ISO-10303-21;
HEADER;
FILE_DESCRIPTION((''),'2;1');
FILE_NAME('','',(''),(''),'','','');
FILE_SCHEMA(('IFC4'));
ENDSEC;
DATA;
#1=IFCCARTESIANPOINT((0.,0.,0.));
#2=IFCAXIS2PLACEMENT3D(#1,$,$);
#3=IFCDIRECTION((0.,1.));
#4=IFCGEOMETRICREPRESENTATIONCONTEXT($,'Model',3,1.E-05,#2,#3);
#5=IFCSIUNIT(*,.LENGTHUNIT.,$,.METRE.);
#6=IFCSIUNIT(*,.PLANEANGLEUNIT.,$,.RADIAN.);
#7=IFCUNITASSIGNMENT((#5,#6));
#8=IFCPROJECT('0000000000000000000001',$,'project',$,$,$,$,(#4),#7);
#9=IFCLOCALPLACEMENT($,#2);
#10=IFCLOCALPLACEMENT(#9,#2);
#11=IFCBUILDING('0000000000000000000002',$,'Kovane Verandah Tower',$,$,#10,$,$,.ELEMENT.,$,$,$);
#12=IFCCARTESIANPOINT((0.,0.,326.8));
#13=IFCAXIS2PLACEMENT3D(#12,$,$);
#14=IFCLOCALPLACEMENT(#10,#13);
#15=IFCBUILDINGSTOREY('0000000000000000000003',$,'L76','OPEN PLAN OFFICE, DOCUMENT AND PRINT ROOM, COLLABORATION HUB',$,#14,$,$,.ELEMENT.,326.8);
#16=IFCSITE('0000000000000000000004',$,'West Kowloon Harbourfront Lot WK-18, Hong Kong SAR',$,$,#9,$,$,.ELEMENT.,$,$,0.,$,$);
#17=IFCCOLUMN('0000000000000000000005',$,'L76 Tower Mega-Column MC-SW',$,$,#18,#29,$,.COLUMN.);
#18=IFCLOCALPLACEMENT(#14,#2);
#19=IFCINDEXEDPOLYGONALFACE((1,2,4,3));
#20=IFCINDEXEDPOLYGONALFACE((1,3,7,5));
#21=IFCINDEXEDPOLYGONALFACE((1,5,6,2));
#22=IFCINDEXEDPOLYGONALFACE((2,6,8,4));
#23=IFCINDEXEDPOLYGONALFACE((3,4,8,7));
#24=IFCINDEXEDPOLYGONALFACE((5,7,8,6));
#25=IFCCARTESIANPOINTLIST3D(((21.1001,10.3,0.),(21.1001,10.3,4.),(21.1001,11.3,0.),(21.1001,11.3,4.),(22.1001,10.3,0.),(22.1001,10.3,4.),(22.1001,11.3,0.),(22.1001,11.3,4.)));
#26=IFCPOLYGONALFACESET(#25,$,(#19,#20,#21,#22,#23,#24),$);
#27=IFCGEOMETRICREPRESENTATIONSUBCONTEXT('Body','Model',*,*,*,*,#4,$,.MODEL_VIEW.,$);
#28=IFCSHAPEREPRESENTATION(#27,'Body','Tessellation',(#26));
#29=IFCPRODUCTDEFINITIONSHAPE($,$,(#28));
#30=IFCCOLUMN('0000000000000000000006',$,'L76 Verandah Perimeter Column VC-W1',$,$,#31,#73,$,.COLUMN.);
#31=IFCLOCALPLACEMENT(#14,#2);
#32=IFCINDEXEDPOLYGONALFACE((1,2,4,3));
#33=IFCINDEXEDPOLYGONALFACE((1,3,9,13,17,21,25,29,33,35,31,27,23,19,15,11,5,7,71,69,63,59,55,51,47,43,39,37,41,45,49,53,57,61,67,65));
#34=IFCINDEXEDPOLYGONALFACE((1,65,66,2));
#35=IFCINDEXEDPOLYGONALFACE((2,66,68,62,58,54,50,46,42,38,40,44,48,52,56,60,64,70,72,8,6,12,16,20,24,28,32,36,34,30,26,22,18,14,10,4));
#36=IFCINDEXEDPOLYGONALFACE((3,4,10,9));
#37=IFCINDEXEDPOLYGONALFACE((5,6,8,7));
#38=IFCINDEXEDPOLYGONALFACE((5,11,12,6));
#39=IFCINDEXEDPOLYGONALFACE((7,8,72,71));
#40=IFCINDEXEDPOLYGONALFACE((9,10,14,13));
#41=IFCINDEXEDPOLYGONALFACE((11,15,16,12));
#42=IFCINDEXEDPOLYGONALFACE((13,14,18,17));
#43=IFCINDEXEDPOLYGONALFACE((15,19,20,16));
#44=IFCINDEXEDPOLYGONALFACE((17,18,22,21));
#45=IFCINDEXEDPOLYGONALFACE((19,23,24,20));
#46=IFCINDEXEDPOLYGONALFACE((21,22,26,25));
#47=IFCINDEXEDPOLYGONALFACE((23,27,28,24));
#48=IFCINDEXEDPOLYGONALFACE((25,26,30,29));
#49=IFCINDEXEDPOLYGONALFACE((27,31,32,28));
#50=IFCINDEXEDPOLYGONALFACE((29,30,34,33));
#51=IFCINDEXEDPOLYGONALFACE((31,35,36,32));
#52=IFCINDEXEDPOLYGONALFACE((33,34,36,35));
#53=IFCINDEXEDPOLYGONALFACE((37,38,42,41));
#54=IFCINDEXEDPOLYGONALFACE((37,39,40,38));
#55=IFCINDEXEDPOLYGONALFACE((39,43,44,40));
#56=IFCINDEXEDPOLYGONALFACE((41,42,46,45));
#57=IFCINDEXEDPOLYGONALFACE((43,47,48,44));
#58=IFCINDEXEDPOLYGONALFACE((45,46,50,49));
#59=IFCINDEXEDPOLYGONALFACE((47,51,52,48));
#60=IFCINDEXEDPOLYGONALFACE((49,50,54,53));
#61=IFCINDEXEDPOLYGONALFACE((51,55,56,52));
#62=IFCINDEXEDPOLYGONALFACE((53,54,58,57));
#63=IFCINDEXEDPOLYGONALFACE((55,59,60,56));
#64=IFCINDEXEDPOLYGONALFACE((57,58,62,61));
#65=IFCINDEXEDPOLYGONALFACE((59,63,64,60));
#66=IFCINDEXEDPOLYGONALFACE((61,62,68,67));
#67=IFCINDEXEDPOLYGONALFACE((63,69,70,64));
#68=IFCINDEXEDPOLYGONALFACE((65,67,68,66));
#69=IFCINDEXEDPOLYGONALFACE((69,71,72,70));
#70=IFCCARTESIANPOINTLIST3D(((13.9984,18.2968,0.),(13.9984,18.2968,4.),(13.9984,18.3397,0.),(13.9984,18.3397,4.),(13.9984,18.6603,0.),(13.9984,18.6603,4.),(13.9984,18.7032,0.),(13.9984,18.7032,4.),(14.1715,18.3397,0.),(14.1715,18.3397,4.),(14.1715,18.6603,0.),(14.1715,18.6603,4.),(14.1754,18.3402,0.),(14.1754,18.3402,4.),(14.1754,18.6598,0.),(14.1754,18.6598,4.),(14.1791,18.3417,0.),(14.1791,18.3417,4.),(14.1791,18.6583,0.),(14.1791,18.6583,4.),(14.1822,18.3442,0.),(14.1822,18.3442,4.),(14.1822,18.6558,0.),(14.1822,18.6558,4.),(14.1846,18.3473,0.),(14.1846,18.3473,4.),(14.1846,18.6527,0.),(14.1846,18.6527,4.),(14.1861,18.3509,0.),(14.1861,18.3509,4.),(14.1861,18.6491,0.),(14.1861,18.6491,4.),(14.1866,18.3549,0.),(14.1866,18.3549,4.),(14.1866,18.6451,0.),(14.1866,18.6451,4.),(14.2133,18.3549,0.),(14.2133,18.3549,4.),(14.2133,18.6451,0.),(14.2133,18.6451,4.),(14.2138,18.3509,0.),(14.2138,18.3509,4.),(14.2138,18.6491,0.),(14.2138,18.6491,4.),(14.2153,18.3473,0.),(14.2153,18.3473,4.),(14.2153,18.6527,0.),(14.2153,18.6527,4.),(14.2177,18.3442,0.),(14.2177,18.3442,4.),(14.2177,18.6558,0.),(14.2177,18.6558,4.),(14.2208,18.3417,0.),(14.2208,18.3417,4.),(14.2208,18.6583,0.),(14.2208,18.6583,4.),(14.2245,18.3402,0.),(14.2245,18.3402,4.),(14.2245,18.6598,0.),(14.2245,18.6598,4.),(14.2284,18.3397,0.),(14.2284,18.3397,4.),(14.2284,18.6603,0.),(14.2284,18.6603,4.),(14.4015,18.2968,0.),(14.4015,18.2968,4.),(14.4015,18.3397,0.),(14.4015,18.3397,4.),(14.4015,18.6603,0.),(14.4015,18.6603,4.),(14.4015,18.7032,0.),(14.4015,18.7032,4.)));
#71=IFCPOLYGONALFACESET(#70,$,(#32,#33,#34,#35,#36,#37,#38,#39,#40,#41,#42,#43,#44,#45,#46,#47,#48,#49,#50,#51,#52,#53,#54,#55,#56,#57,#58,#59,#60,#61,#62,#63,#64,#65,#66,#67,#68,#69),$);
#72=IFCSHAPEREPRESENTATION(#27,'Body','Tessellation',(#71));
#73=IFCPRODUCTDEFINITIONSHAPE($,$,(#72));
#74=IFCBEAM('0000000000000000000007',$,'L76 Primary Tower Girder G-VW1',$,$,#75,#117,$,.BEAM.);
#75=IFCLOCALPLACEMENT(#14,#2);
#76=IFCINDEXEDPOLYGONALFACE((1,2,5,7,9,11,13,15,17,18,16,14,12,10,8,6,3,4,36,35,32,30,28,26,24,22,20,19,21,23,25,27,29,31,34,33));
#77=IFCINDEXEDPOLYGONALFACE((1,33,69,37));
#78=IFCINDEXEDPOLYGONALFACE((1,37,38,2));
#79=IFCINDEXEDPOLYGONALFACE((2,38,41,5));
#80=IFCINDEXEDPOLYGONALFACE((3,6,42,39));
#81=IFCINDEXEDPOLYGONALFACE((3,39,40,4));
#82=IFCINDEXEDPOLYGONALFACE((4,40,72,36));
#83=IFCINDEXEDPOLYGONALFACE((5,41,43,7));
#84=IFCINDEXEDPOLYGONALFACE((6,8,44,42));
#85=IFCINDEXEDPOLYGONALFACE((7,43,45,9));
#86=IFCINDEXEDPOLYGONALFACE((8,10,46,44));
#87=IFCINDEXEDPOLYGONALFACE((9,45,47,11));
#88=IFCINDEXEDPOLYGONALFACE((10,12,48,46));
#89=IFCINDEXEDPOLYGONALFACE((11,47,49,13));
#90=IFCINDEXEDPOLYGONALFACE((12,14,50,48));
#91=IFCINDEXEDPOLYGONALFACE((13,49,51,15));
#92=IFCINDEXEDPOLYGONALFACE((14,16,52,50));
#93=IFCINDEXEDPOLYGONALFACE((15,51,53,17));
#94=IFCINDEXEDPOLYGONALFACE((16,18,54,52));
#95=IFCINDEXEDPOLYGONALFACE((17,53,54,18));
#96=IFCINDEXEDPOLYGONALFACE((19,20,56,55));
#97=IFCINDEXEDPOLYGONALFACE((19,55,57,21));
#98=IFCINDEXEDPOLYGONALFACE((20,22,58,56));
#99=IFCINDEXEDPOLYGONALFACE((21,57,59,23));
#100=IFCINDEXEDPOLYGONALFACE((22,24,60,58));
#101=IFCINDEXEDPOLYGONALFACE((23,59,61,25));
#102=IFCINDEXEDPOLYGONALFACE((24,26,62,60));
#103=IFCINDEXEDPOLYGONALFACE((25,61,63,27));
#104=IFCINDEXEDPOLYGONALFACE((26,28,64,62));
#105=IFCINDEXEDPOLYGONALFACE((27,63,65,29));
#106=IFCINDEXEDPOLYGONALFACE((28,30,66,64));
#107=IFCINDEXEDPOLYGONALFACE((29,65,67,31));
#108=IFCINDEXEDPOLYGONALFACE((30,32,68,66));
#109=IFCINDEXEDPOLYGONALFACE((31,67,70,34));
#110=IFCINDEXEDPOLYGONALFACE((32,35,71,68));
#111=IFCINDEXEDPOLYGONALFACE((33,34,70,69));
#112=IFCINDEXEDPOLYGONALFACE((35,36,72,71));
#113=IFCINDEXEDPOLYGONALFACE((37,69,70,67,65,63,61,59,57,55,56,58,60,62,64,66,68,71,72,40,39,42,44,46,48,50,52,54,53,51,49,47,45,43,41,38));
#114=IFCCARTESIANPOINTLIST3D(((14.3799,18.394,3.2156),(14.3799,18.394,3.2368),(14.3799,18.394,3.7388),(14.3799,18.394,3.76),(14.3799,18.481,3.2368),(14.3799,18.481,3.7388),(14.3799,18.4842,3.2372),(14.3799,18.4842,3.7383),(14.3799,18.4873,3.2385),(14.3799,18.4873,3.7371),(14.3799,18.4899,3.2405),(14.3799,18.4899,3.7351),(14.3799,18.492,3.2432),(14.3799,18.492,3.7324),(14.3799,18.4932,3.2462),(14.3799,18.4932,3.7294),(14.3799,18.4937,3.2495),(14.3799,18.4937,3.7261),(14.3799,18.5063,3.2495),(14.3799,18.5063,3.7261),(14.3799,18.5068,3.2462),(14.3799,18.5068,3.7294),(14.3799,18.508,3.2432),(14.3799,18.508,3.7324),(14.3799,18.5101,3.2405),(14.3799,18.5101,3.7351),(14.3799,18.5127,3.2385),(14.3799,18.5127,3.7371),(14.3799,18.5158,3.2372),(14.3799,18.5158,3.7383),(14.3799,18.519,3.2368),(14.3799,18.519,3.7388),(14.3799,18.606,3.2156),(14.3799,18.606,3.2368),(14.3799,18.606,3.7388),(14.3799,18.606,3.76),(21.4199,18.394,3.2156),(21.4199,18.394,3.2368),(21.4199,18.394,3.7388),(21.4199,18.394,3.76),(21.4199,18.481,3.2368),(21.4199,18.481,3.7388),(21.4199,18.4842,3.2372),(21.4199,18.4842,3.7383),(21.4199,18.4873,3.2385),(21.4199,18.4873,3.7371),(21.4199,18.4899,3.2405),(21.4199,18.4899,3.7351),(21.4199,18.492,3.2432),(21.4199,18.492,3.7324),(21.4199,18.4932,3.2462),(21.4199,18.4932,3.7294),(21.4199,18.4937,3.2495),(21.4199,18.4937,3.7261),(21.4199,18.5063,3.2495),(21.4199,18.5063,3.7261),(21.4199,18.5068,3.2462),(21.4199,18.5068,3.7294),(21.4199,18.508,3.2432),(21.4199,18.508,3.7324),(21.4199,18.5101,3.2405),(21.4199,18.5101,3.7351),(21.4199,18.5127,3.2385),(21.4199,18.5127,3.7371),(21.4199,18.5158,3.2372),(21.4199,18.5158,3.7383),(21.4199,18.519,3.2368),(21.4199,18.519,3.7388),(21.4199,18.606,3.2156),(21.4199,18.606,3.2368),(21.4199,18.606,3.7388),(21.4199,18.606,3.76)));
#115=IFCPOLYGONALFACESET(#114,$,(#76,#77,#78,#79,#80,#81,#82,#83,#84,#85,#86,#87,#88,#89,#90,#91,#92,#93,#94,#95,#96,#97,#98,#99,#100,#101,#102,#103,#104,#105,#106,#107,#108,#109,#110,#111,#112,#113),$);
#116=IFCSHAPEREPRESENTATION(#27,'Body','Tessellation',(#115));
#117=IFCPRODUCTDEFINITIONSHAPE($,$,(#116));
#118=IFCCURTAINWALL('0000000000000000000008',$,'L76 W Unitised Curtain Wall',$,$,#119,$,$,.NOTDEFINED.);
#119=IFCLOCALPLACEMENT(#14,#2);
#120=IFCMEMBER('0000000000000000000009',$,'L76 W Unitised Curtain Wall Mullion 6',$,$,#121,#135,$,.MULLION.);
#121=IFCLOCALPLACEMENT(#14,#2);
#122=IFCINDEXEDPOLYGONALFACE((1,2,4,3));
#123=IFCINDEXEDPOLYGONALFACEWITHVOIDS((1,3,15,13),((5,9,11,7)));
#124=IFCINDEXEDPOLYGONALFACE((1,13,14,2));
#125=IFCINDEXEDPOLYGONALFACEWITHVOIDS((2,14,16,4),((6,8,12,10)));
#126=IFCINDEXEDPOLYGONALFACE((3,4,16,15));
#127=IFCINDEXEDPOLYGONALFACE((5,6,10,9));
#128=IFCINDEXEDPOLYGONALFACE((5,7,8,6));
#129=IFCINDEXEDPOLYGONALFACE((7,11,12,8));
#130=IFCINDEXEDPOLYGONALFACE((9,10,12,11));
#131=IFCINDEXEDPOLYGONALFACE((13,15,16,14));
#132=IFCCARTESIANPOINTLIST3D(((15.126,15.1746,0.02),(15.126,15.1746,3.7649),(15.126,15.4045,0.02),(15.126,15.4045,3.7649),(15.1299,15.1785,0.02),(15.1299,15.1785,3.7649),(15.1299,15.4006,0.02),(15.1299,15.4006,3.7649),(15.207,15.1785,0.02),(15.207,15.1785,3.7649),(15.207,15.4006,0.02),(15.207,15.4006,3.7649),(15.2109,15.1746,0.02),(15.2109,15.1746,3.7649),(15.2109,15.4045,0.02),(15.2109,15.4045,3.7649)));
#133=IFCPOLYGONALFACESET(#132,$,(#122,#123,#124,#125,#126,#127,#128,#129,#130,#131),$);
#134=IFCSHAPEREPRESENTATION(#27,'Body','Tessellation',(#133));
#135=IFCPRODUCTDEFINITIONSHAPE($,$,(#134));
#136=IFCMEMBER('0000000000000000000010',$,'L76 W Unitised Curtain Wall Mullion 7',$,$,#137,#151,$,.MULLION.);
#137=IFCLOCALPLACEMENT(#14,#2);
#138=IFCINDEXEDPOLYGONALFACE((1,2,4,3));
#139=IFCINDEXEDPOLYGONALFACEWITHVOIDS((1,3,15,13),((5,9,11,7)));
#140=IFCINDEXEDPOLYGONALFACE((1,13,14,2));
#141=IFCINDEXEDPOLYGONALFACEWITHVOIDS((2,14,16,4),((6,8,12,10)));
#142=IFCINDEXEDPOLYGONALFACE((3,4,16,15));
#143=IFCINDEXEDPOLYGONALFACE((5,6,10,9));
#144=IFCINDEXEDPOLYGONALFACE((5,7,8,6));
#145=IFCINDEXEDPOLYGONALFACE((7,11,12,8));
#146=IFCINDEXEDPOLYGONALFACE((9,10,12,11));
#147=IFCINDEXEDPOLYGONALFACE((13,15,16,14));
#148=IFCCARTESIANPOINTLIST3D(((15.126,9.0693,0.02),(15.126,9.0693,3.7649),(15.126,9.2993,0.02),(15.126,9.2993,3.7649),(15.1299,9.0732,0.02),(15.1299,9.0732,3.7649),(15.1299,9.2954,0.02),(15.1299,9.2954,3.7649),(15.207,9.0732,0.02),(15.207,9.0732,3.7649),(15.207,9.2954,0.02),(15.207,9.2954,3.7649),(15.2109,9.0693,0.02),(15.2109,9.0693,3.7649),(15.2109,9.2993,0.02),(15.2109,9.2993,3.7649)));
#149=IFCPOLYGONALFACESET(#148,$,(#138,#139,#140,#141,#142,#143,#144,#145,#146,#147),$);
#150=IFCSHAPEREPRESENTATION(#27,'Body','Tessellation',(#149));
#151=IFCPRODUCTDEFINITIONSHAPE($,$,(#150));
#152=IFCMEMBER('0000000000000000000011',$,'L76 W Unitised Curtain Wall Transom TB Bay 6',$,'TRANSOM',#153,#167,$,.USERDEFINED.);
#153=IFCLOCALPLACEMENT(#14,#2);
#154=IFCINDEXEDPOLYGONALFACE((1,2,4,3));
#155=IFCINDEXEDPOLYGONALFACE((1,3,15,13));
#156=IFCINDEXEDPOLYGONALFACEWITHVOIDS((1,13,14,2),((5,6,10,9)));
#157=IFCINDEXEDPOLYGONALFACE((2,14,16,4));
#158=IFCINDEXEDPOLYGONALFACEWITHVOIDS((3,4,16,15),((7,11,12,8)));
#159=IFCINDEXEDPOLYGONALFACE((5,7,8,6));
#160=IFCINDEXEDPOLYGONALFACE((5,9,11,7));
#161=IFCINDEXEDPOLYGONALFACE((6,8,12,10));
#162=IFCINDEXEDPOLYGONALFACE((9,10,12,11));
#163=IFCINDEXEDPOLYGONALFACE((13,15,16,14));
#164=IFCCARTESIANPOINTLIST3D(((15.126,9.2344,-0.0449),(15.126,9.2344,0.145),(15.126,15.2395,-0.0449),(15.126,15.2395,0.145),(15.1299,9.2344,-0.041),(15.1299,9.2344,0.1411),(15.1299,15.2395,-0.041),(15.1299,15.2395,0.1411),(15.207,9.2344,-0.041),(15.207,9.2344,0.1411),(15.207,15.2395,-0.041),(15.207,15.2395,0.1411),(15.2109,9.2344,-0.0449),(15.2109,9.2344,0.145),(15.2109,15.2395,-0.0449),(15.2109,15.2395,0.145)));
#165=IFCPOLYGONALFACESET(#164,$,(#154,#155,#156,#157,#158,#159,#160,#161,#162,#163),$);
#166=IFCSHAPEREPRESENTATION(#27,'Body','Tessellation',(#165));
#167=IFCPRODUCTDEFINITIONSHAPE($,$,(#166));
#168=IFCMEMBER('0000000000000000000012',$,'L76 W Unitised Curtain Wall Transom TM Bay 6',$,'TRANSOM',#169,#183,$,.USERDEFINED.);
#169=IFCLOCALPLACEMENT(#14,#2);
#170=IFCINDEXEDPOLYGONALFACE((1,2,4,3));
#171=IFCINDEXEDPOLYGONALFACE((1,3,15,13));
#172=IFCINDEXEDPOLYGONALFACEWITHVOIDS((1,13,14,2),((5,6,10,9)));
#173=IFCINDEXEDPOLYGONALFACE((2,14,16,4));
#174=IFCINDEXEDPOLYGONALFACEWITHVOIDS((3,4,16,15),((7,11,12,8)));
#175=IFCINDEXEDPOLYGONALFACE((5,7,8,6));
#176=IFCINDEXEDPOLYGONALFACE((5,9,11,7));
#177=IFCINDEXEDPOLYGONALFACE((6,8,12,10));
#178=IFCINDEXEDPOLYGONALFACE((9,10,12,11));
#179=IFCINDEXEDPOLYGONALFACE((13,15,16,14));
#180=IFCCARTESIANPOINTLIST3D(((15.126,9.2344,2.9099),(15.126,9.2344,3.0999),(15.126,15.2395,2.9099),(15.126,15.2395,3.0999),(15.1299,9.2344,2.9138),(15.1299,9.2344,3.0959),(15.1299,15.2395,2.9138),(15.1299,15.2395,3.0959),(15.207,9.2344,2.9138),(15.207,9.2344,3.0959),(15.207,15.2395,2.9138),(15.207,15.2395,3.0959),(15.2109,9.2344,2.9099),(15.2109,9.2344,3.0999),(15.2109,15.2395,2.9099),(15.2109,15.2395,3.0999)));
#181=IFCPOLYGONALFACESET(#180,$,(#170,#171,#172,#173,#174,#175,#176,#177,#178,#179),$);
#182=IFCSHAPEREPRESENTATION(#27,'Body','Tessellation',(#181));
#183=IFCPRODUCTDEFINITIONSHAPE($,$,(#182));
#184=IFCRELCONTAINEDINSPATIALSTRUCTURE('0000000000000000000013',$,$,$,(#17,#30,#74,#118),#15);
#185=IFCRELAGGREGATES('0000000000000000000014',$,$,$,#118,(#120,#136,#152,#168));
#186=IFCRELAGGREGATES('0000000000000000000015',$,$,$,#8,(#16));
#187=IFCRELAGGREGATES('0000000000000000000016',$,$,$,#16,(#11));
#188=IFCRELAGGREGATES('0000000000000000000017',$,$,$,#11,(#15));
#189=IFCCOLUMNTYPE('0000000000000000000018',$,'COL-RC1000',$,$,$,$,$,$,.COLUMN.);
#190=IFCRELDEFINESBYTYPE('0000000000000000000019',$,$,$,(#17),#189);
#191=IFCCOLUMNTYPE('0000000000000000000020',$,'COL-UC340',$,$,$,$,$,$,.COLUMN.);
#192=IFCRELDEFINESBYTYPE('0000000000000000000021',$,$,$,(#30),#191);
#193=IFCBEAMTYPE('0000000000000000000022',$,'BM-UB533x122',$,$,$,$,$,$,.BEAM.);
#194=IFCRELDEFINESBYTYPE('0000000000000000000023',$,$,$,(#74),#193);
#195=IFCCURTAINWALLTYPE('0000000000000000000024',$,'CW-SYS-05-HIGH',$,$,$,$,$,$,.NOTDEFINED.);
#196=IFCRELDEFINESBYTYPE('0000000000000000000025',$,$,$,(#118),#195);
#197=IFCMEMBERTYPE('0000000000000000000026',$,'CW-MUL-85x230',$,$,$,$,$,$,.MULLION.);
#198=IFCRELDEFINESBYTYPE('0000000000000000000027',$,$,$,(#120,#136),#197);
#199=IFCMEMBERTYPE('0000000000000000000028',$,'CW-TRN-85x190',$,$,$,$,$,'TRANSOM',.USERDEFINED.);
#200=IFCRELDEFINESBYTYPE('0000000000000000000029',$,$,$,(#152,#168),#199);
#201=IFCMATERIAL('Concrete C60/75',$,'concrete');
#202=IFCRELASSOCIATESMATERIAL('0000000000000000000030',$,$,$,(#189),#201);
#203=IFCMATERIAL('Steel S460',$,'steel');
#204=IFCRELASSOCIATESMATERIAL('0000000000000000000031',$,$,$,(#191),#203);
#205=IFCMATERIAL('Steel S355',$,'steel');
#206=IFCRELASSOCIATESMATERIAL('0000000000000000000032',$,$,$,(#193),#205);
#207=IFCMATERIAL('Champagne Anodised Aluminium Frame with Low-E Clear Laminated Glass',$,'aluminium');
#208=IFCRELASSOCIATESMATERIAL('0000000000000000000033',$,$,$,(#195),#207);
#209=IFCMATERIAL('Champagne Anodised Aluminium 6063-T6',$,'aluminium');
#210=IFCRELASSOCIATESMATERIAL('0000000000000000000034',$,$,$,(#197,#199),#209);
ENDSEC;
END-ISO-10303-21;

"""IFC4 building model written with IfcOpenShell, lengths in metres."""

from ifc_helpers import new_model, si_unit, direction, frame, origin, origin_2d, place, context, subcontext, project, spatial, rectangle, hollow_rectangle, i_section, extrude, material, material_profile, profile_set, type_object, element, aggregate, save


model = new_model("IFC4")

# Units and contexts
model_context = context("Model", 3, precision=1e-05, world=origin(), true_north=direction((0.0, 1.0)))
body_context = subcontext(model_context, "Body", "Model", "MODEL_VIEW")
ifc_project = project(units=[si_unit("LENGTHUNIT", "METRE"), si_unit("PLANEANGLEUNIT", "RADIAN")], contexts=[model_context])

# Site, building, storey
site_placement = place(None, origin())
site = spatial("IfcSite", under=ifc_project, at=site_placement, Name="West Kowloon Harbourfront Lot WK-18, Hong Kong SAR", CompositionType="ELEMENT", RefElevation=0.0)
building_placement = place(site_placement, origin())
building = spatial("IfcBuilding", under=site, at=building_placement, Name="Kovane Verandah Tower", CompositionType="ELEMENT")
storey_placement = place(building_placement, frame((0.0, 0.0, 326.8)))
storey = spatial("IfcBuildingStorey", under=building, at=storey_placement, Name="L76", Description="OPEN PLAN OFFICE, DOCUMENT AND PRINT ROOM, COLLABORATION HUB", CompositionType="ELEMENT", Elevation=326.8)

# Columns
ifc_material_1 = material(Name="Concrete C60/75", Category="concrete")
ifc_material_profile_1 = material_profile(ifc_material_1, rectangle(XDim=1.0, YDim=1.0, at=origin_2d()), Name="RC1000x1000")
ifc_profile_set_1 = profile_set([ifc_material_profile_1], Name="Concrete C60/75")
column_type_1 = type_object("IfcColumnType", Name="COL-RC1000", PredefinedType="COLUMN", material=ifc_profile_set_1)
column_1_placement = place(storey_placement, frame((21.6001, 10.8, 0.0), z_axis=(0.0, 0.0, 1.0), x_axis=(1.0, 0.0, 0.0)))
element("IfcColumn", 1, at=column_1_placement, inside=storey, type_object=column_type_1, Name="L76 Tower Mega-Column MC-SW", PredefinedType="COLUMN", context=body_context, shape_type="SweptSolid", body=[
    extrude(rectangle(XDim=1.0, YDim=1.0, at=origin_2d()), origin(), (0.0, 0.0, 1.0), 4.0),
])
ifc_material_2 = material(Name="Steel S460", Category="steel")
ifc_material_profile_2 = material_profile(ifc_material_2, i_section(OverallWidth=0.4031, OverallDepth=0.4065, WebThickness=0.0266, FlangeThickness=0.043, FilletRadius=0.0151, at=origin_2d()), Name="UC356x406x340")
ifc_profile_set_2 = profile_set([ifc_material_profile_2], Name="Steel S460")
column_type_2 = type_object("IfcColumnType", Name="COL-UC340", PredefinedType="COLUMN", material=ifc_profile_set_2)
column_2_placement = place(storey_placement, frame((14.2, 18.5, 0.0), z_axis=(0.0, 0.0, 1.0), x_axis=(1.0, 0.0, 0.0)))
element("IfcColumn", 2, at=column_2_placement, inside=storey, type_object=column_type_2, Name="L76 Verandah Perimeter Column VC-W1", PredefinedType="COLUMN", context=body_context, shape_type="SweptSolid", body=[
    extrude(i_section(OverallWidth=0.4031, OverallDepth=0.4065, WebThickness=0.0266, FlangeThickness=0.043, FilletRadius=0.0151, at=origin_2d()), origin(), (0.0, 0.0, 1.0), 4.0),
])

# Beam
ifc_material_3 = material(Name="Steel S355", Category="steel")
ifc_material_profile_3 = material_profile(ifc_material_3, i_section(OverallWidth=0.2119, OverallDepth=0.5444, WebThickness=0.0127, FlangeThickness=0.0212, FilletRadius=0.0127, at=origin_2d()), Name="UB533x210x122")
ifc_profile_set_3 = profile_set([ifc_material_profile_3], Name="Steel S355")
beam_type_1 = type_object("IfcBeamType", Name="BM-UB533x122", PredefinedType="BEAM", material=ifc_profile_set_3)
beam_1_placement = place(storey_placement, frame((21.4199, 18.5, 3.4878), z_axis=(-1.0, 0.0, 0.0), x_axis=(0.0, -1.0, 0.0)))
element("IfcBeam", 3, at=beam_1_placement, inside=storey, type_object=beam_type_1, Name="L76 Primary Tower Girder G-VW1", PredefinedType="BEAM", context=body_context, shape_type="SweptSolid", body=[
    extrude(i_section(OverallWidth=0.2119, OverallDepth=0.5444, WebThickness=0.0127, FlangeThickness=0.0212, FilletRadius=0.0127, at=origin_2d()), origin(), (0.0, 0.0, 1.0), 7.04),
])

# Curtain wall, members
ifc_material_4 = material(Name="Champagne Anodised Aluminium Frame with Low-E Clear Laminated Glass", Category="aluminium")
curtain_wall_type = type_object("IfcCurtainWallType", Name="CW-SYS-05-HIGH", PredefinedType="NOTDEFINED", material=ifc_material_4)
curtain_wall_placement = place(storey_placement, origin())
curtain_wall = element("IfcCurtainWall", 4, at=curtain_wall_placement, inside=storey, type_object=curtain_wall_type, Name="L76 W Unitised Curtain Wall", PredefinedType="NOTDEFINED")
ifc_material_5 = material(Name="Champagne Anodised Aluminium 6063-T6", Category="aluminium")
ifc_material_profile_4 = material_profile(ifc_material_5, hollow_rectangle(XDim=0.085, YDim=0.23, WallThickness=0.0039, at=origin_2d()), Name="AL85x230x4")
ifc_profile_set_4 = profile_set([ifc_material_profile_4], Name="Champagne Anodised Aluminium 6063-T6")
member_type_1 = type_object("IfcMemberType", Name="CW-MUL-85x230", PredefinedType="MULLION", material=ifc_profile_set_4)
member_1_placement = place(storey_placement, frame((15.1685, 15.2896, 0.02), z_axis=(0.0, 0.0, 1.0), x_axis=(-1.0, 0.0, 0.0)))
member_1 = element("IfcMember", 5, at=member_1_placement, type_object=member_type_1, Name="L76 W Unitised Curtain Wall Mullion 6", PredefinedType="MULLION", context=body_context, shape_type="SweptSolid", body=[
    extrude(hollow_rectangle(XDim=0.085, YDim=0.23, WallThickness=0.0039, at=origin_2d()), origin(), (0.0, 0.0, 1.0), 3.7449),
])
member_2_placement = place(storey_placement, frame((15.1685, 9.1843, 0.02), z_axis=(0.0, 0.0, 1.0), x_axis=(-1.0, 0.0, 0.0)))
member_2 = element("IfcMember", 6, at=member_2_placement, type_object=member_type_1, Name="L76 W Unitised Curtain Wall Mullion 7", PredefinedType="MULLION", context=body_context, shape_type="SweptSolid", body=[
    extrude(hollow_rectangle(XDim=0.085, YDim=0.23, WallThickness=0.0039, at=origin_2d()), origin(), (0.0, 0.0, 1.0), 3.7449),
])
ifc_material_profile_5 = material_profile(ifc_material_5, hollow_rectangle(XDim=0.085, YDim=0.1899, WallThickness=0.0039, at=origin_2d()), Name="AL85x190x4")
ifc_profile_set_5 = profile_set([ifc_material_profile_5], Name="Champagne Anodised Aluminium 6063-T6")
member_type_2 = type_object("IfcMemberType", Name="CW-TRN-85x190", ElementType="TRANSOM", PredefinedType="USERDEFINED", material=ifc_profile_set_5)
member_3_placement = place(storey_placement, frame((15.1685, 15.2395, 0.05), z_axis=(0.0, -1.0, 0.0), x_axis=(1.0, 0.0, 0.0)))
member_3 = element("IfcMember", 7, at=member_3_placement, type_object=member_type_2, Name="L76 W Unitised Curtain Wall Transom TB Bay 6", ObjectType="TRANSOM", PredefinedType="USERDEFINED", context=body_context, shape_type="SweptSolid", body=[
    extrude(hollow_rectangle(XDim=0.085, YDim=0.1899, WallThickness=0.0039, at=origin_2d()), origin(), (0.0, 0.0, 1.0), 6.0051),
])
member_4_placement = place(storey_placement, frame((15.1685, 15.2395, 3.0049), z_axis=(0.0, -1.0, 0.0), x_axis=(1.0, 0.0, 0.0)))
member_4 = element("IfcMember", 8, at=member_4_placement, type_object=member_type_2, Name="L76 W Unitised Curtain Wall Transom TM Bay 6", ObjectType="TRANSOM", PredefinedType="USERDEFINED", context=body_context, shape_type="SweptSolid", body=[
    extrude(hollow_rectangle(XDim=0.085, YDim=0.1899, WallThickness=0.0039, at=origin_2d()), origin(), (0.0, 0.0, 1.0), 6.0051),
])

aggregate(curtain_wall, [member_1, member_2, member_3, member_4])

save(model, "model.ifc")
